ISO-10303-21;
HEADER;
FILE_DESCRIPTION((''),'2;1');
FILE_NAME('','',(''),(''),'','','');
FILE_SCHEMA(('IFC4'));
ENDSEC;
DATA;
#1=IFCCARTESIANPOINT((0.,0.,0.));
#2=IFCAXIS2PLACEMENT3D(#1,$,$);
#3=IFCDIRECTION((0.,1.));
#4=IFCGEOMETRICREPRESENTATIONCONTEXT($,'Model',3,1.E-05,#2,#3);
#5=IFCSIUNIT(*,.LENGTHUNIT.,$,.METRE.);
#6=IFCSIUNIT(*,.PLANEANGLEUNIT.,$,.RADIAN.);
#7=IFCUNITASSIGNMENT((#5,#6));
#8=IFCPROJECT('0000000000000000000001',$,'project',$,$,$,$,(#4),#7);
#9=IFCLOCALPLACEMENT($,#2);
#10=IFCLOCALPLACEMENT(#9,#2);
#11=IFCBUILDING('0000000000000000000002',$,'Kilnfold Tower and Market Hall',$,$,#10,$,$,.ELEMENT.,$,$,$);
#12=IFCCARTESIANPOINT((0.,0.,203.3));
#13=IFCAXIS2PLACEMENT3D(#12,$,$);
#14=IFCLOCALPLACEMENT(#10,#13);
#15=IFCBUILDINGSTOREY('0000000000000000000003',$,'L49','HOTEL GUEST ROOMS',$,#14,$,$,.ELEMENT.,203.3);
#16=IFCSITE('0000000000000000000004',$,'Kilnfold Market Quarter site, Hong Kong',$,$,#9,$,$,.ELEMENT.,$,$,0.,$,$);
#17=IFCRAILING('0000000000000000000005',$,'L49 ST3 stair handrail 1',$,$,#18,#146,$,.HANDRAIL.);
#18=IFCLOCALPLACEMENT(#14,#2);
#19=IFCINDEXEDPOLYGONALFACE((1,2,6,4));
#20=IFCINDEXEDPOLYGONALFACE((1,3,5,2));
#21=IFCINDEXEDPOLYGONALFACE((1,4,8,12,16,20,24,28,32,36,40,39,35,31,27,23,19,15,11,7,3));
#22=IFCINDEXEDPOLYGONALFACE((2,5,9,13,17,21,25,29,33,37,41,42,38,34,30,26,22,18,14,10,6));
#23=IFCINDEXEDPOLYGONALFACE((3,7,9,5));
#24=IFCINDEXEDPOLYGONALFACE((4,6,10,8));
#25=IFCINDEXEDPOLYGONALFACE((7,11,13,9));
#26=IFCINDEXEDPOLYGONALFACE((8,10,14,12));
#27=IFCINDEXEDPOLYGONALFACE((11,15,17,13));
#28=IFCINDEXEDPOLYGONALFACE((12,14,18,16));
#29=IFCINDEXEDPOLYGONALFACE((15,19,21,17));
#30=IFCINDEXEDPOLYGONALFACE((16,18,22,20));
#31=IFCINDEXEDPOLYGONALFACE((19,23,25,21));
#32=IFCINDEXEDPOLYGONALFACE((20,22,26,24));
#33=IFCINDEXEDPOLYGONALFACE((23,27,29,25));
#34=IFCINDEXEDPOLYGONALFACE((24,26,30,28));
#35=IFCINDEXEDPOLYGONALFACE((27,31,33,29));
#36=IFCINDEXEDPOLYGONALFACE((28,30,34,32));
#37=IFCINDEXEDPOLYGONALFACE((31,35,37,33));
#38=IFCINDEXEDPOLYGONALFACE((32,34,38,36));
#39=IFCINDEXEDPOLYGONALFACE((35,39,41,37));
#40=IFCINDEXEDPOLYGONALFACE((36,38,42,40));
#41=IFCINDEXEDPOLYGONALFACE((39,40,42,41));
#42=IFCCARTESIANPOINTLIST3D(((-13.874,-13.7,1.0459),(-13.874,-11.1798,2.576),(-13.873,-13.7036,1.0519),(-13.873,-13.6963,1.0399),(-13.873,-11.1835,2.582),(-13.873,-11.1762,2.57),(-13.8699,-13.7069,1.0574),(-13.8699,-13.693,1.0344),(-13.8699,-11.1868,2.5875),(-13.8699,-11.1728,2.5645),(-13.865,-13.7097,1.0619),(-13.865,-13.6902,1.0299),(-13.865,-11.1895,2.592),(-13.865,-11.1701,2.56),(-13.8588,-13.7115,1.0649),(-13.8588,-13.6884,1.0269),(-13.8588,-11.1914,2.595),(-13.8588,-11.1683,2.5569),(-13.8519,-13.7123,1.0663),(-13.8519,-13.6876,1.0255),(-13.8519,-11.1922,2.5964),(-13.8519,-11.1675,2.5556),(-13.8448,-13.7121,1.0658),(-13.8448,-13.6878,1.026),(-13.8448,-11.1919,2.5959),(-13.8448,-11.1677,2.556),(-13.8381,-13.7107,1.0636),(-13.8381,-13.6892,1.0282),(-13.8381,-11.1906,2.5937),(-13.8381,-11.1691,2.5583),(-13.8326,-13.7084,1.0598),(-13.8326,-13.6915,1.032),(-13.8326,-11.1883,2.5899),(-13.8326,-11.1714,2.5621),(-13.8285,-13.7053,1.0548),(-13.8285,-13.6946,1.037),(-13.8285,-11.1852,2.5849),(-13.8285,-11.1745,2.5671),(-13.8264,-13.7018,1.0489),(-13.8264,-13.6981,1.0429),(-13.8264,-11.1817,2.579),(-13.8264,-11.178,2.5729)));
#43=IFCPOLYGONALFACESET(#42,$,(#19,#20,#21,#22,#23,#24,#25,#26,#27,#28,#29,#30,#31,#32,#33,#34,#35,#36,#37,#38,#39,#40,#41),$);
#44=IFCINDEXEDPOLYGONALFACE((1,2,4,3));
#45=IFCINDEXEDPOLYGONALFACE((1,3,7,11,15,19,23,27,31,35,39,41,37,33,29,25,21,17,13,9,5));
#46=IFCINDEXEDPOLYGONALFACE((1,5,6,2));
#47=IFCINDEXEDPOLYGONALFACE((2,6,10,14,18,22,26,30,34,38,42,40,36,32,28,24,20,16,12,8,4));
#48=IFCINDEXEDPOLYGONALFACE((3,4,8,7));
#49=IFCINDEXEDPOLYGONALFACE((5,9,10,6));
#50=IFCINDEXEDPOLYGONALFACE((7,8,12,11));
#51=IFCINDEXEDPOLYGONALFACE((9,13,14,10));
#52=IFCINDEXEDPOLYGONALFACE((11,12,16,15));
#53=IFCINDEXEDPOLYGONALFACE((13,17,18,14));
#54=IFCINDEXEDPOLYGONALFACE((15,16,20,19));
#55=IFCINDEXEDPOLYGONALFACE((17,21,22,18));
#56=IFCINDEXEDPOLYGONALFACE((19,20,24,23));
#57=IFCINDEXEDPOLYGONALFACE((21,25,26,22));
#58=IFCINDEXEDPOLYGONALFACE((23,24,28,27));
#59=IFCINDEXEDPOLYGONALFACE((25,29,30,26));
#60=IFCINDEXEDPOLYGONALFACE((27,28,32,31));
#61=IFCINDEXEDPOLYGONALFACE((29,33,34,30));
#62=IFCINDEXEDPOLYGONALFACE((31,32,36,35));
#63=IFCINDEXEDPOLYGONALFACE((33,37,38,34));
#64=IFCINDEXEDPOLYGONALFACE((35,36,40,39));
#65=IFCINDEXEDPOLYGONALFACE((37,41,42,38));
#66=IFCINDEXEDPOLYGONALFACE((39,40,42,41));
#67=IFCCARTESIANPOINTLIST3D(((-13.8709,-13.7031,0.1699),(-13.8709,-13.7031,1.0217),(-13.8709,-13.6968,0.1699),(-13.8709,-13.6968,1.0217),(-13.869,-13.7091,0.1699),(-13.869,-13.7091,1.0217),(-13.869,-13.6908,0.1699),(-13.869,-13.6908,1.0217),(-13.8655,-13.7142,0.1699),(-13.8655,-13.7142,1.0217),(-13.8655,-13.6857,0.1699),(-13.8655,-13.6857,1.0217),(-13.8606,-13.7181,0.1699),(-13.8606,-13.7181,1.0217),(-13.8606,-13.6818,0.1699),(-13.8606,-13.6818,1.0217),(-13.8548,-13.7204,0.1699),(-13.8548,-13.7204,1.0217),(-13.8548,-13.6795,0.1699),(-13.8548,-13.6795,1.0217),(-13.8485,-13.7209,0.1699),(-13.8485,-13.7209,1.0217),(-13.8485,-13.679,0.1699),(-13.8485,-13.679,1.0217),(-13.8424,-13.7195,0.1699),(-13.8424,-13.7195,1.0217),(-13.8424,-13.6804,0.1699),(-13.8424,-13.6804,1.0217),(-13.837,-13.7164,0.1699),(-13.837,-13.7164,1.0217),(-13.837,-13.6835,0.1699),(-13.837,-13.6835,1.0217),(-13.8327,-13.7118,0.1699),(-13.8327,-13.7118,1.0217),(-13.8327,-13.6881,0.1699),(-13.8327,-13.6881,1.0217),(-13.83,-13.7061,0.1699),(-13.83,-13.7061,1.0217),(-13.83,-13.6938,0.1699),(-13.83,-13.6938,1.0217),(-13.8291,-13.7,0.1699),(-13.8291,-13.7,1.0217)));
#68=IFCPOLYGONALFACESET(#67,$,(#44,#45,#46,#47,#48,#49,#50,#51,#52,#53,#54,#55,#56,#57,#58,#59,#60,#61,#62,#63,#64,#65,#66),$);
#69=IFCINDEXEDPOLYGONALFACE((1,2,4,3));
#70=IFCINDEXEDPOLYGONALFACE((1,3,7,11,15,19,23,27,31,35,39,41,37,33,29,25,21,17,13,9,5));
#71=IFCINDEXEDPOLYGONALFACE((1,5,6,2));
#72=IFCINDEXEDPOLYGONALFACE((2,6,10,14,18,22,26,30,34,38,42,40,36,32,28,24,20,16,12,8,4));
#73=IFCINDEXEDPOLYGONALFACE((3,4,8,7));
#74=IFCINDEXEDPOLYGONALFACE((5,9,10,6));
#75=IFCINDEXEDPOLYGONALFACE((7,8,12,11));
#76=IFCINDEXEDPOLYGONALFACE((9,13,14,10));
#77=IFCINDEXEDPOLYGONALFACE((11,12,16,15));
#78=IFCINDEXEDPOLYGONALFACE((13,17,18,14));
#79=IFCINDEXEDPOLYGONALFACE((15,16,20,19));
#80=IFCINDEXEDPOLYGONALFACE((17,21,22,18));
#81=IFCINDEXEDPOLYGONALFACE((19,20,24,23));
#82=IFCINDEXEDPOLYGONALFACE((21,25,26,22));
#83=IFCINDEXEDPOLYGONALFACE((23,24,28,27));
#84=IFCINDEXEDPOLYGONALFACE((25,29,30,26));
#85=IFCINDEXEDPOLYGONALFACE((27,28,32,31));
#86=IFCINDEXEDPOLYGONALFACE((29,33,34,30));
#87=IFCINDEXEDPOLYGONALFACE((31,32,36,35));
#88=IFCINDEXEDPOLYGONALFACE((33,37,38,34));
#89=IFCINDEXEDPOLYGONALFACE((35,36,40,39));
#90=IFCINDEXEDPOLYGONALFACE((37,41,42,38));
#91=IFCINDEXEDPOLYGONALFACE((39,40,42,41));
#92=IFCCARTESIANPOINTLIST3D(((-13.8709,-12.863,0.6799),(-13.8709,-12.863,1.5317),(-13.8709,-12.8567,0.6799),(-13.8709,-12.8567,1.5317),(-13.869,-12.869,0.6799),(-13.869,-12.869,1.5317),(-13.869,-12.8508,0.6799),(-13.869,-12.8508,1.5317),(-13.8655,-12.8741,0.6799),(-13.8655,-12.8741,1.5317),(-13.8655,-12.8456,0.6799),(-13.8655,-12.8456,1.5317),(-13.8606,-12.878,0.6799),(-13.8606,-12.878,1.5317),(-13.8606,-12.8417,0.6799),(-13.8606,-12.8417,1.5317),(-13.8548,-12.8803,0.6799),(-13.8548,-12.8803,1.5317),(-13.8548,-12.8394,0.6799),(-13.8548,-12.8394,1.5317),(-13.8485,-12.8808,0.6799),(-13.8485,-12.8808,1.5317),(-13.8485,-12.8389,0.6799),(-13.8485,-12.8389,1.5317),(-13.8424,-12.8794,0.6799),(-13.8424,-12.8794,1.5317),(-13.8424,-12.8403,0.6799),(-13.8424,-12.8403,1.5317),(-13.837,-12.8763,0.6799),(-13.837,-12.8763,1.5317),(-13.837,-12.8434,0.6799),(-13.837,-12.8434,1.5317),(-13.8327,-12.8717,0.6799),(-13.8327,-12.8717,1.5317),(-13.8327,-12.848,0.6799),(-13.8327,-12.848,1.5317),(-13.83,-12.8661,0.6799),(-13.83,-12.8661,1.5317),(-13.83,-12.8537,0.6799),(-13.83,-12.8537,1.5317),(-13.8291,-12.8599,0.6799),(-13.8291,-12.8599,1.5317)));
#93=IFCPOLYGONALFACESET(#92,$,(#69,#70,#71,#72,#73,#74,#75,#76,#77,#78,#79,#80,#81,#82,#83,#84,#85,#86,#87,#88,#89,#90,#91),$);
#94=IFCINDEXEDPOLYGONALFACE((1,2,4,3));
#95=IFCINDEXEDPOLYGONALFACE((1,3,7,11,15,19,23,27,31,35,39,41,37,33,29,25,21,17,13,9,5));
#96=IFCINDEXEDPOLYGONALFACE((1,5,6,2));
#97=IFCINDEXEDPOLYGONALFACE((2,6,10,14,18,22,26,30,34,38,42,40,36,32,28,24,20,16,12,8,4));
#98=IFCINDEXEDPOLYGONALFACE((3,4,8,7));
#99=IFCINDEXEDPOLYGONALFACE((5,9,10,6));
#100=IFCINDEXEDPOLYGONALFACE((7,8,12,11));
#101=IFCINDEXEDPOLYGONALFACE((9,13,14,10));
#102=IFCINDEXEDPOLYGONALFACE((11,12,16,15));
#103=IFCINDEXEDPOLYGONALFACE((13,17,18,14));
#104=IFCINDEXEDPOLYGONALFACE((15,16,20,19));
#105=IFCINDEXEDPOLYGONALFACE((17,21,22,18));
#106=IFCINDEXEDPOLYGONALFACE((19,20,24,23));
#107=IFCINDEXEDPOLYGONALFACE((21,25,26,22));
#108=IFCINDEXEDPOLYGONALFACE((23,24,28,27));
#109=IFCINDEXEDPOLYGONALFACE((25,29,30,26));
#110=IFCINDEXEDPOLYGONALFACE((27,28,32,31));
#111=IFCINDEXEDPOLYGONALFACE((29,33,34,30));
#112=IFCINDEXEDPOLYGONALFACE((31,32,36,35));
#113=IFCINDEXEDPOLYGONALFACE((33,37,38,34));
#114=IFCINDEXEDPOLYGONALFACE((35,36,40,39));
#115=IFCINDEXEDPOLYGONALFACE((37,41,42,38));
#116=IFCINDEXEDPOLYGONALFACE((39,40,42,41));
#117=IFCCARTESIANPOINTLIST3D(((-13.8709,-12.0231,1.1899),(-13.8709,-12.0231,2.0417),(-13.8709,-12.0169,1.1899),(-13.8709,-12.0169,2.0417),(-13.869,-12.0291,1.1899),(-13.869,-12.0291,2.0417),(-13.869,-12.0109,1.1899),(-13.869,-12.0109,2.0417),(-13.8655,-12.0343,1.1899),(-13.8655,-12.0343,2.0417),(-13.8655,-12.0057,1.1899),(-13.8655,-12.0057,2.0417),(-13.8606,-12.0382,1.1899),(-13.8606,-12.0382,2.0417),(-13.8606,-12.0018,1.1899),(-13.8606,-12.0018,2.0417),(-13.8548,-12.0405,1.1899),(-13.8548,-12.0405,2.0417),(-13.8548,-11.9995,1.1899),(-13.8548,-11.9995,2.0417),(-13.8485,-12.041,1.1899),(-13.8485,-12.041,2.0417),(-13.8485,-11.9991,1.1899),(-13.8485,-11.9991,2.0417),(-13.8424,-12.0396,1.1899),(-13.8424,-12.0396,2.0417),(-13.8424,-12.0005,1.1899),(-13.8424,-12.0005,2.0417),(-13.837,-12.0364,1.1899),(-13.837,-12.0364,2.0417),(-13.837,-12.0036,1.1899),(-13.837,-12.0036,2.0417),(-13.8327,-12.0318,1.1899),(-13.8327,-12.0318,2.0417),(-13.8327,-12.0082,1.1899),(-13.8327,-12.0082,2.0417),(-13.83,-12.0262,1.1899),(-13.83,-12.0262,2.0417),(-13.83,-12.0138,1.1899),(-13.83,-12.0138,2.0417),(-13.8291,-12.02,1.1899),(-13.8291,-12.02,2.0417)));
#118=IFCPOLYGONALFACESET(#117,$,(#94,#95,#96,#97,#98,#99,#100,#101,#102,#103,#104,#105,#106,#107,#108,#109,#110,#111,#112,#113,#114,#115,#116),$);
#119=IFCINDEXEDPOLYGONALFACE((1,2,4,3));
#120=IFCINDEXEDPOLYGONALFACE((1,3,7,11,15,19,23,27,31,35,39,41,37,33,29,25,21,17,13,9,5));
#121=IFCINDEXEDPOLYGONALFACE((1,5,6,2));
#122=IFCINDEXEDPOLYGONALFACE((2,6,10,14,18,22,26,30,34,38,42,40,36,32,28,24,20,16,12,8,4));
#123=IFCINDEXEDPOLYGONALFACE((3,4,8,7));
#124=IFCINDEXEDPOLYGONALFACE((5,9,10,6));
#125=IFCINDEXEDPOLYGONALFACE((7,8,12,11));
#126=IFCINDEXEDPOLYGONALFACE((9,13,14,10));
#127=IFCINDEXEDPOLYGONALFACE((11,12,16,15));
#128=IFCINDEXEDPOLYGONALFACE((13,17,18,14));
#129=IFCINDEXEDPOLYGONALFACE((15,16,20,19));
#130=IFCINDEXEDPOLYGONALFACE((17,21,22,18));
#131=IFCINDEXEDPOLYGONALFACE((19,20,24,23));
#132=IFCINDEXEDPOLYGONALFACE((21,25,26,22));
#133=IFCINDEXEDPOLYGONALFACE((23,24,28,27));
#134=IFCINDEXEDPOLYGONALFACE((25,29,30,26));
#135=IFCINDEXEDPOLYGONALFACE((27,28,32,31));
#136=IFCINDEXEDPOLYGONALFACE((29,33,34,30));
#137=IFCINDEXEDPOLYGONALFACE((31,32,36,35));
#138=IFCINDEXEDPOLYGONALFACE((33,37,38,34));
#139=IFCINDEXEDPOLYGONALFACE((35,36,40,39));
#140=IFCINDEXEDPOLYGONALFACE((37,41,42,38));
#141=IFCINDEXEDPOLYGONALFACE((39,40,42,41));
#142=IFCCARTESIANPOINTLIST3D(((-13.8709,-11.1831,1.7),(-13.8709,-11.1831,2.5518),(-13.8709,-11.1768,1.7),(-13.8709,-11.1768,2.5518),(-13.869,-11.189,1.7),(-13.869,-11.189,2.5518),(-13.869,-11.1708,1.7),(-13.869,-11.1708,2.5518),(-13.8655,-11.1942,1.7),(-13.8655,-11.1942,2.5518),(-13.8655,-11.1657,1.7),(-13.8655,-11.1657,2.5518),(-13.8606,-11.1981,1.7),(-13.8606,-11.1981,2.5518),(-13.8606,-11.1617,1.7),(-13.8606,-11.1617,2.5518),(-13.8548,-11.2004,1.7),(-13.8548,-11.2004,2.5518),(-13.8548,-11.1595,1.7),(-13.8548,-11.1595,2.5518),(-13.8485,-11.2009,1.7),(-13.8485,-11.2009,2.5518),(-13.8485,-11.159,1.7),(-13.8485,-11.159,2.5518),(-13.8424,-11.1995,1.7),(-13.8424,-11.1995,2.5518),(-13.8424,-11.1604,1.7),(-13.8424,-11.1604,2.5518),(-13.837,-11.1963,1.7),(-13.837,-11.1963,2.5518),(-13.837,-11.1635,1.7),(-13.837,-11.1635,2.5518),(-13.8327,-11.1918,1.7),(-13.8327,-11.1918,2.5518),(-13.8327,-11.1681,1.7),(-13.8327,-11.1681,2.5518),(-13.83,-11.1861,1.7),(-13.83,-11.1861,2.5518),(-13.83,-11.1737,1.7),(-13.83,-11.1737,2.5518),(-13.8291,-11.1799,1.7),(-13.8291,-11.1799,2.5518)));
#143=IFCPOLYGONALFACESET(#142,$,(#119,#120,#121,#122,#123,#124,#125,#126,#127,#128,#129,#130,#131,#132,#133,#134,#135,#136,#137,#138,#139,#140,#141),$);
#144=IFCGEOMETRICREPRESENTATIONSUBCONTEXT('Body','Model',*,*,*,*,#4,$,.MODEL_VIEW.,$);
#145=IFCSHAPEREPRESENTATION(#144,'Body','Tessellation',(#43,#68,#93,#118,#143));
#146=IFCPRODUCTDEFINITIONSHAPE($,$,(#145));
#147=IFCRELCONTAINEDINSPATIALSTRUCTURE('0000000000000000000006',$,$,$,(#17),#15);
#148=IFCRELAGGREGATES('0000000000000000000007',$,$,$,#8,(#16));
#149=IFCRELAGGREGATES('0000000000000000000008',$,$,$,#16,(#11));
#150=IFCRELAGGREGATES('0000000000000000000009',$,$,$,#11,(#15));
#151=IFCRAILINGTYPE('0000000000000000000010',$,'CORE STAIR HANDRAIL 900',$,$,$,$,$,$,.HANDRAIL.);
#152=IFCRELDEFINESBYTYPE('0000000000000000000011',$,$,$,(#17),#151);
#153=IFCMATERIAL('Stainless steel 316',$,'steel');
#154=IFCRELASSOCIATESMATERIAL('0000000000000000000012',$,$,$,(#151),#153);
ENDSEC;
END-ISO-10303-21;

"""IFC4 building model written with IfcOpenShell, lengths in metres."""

from ifc_helpers import new_model, si_unit, direction, frame, origin, origin_2d, place, context, subcontext, project, spatial, circle, extrude, material, type_object, element, save


model = new_model("IFC4")

# Units and contexts
model_context = context("Model", 3, precision=1e-05, world=origin(), true_north=direction((0.0, 1.0)))
body_context = subcontext(model_context, "Body", "Model", "MODEL_VIEW")
ifc_project = project(units=[si_unit("LENGTHUNIT", "METRE"), si_unit("PLANEANGLEUNIT", "RADIAN")], contexts=[model_context])

# Site, building, storey
site_placement = place(None, origin())
site = spatial("IfcSite", under=ifc_project, at=site_placement, Name="Kilnfold Market Quarter site, Hong Kong", CompositionType="ELEMENT", RefElevation=0.0)
building_placement = place(site_placement, origin())
building = spatial("IfcBuilding", under=site, at=building_placement, Name="Kilnfold Tower and Market Hall", CompositionType="ELEMENT")
storey_placement = place(building_placement, frame((0.0, 0.0, 203.3)))
storey = spatial("IfcBuildingStorey", under=building, at=storey_placement, Name="L49", Description="HOTEL GUEST ROOMS", CompositionType="ELEMENT", Elevation=203.3)

# Railing
ifc_material_1 = material(Name="Stainless steel 316", Category="steel")
railing_type_1 = type_object("IfcRailingType", Name="CORE STAIR HANDRAIL 900", PredefinedType="HANDRAIL", material=ifc_material_1)
railing_1_placement = place(storey_placement, frame((-13.8501, -13.7, 0.1699)))
element("IfcRailing", 1, at=railing_1_placement, inside=storey, type_object=railing_type_1, Name="L49 ST3 stair handrail 1", PredefinedType="HANDRAIL", context=body_context, shape_type="SweptSolid", body=[
    extrude(circle(Radius=0.0239, at=origin_2d()), frame((0.0, 0.0, 0.876), z_axis=(0.0, 0.854785, 0.518982), x_axis=(-1.0, 0.0, 0.0)), (0.0, 0.0, 1.0), 2.9482),
    extrude(circle(Radius=0.021, at=origin_2d()), origin(), (0.0, 0.0, 1.0), 0.8518),
    extrude(circle(Radius=0.021, at=origin_2d()), frame((0.0, 0.8401, 0.51)), (0.0, 0.0, 1.0), 0.8518),
    extrude(circle(Radius=0.021, at=origin_2d()), frame((0.0, 1.6799, 1.02)), (0.0, 0.0, 1.0), 0.8518),
    extrude(circle(Radius=0.021, at=origin_2d()), frame((0.0, 2.52, 1.53)), (0.0, 0.0, 1.0), 0.8518),
])

save(model, "model.ifc")
